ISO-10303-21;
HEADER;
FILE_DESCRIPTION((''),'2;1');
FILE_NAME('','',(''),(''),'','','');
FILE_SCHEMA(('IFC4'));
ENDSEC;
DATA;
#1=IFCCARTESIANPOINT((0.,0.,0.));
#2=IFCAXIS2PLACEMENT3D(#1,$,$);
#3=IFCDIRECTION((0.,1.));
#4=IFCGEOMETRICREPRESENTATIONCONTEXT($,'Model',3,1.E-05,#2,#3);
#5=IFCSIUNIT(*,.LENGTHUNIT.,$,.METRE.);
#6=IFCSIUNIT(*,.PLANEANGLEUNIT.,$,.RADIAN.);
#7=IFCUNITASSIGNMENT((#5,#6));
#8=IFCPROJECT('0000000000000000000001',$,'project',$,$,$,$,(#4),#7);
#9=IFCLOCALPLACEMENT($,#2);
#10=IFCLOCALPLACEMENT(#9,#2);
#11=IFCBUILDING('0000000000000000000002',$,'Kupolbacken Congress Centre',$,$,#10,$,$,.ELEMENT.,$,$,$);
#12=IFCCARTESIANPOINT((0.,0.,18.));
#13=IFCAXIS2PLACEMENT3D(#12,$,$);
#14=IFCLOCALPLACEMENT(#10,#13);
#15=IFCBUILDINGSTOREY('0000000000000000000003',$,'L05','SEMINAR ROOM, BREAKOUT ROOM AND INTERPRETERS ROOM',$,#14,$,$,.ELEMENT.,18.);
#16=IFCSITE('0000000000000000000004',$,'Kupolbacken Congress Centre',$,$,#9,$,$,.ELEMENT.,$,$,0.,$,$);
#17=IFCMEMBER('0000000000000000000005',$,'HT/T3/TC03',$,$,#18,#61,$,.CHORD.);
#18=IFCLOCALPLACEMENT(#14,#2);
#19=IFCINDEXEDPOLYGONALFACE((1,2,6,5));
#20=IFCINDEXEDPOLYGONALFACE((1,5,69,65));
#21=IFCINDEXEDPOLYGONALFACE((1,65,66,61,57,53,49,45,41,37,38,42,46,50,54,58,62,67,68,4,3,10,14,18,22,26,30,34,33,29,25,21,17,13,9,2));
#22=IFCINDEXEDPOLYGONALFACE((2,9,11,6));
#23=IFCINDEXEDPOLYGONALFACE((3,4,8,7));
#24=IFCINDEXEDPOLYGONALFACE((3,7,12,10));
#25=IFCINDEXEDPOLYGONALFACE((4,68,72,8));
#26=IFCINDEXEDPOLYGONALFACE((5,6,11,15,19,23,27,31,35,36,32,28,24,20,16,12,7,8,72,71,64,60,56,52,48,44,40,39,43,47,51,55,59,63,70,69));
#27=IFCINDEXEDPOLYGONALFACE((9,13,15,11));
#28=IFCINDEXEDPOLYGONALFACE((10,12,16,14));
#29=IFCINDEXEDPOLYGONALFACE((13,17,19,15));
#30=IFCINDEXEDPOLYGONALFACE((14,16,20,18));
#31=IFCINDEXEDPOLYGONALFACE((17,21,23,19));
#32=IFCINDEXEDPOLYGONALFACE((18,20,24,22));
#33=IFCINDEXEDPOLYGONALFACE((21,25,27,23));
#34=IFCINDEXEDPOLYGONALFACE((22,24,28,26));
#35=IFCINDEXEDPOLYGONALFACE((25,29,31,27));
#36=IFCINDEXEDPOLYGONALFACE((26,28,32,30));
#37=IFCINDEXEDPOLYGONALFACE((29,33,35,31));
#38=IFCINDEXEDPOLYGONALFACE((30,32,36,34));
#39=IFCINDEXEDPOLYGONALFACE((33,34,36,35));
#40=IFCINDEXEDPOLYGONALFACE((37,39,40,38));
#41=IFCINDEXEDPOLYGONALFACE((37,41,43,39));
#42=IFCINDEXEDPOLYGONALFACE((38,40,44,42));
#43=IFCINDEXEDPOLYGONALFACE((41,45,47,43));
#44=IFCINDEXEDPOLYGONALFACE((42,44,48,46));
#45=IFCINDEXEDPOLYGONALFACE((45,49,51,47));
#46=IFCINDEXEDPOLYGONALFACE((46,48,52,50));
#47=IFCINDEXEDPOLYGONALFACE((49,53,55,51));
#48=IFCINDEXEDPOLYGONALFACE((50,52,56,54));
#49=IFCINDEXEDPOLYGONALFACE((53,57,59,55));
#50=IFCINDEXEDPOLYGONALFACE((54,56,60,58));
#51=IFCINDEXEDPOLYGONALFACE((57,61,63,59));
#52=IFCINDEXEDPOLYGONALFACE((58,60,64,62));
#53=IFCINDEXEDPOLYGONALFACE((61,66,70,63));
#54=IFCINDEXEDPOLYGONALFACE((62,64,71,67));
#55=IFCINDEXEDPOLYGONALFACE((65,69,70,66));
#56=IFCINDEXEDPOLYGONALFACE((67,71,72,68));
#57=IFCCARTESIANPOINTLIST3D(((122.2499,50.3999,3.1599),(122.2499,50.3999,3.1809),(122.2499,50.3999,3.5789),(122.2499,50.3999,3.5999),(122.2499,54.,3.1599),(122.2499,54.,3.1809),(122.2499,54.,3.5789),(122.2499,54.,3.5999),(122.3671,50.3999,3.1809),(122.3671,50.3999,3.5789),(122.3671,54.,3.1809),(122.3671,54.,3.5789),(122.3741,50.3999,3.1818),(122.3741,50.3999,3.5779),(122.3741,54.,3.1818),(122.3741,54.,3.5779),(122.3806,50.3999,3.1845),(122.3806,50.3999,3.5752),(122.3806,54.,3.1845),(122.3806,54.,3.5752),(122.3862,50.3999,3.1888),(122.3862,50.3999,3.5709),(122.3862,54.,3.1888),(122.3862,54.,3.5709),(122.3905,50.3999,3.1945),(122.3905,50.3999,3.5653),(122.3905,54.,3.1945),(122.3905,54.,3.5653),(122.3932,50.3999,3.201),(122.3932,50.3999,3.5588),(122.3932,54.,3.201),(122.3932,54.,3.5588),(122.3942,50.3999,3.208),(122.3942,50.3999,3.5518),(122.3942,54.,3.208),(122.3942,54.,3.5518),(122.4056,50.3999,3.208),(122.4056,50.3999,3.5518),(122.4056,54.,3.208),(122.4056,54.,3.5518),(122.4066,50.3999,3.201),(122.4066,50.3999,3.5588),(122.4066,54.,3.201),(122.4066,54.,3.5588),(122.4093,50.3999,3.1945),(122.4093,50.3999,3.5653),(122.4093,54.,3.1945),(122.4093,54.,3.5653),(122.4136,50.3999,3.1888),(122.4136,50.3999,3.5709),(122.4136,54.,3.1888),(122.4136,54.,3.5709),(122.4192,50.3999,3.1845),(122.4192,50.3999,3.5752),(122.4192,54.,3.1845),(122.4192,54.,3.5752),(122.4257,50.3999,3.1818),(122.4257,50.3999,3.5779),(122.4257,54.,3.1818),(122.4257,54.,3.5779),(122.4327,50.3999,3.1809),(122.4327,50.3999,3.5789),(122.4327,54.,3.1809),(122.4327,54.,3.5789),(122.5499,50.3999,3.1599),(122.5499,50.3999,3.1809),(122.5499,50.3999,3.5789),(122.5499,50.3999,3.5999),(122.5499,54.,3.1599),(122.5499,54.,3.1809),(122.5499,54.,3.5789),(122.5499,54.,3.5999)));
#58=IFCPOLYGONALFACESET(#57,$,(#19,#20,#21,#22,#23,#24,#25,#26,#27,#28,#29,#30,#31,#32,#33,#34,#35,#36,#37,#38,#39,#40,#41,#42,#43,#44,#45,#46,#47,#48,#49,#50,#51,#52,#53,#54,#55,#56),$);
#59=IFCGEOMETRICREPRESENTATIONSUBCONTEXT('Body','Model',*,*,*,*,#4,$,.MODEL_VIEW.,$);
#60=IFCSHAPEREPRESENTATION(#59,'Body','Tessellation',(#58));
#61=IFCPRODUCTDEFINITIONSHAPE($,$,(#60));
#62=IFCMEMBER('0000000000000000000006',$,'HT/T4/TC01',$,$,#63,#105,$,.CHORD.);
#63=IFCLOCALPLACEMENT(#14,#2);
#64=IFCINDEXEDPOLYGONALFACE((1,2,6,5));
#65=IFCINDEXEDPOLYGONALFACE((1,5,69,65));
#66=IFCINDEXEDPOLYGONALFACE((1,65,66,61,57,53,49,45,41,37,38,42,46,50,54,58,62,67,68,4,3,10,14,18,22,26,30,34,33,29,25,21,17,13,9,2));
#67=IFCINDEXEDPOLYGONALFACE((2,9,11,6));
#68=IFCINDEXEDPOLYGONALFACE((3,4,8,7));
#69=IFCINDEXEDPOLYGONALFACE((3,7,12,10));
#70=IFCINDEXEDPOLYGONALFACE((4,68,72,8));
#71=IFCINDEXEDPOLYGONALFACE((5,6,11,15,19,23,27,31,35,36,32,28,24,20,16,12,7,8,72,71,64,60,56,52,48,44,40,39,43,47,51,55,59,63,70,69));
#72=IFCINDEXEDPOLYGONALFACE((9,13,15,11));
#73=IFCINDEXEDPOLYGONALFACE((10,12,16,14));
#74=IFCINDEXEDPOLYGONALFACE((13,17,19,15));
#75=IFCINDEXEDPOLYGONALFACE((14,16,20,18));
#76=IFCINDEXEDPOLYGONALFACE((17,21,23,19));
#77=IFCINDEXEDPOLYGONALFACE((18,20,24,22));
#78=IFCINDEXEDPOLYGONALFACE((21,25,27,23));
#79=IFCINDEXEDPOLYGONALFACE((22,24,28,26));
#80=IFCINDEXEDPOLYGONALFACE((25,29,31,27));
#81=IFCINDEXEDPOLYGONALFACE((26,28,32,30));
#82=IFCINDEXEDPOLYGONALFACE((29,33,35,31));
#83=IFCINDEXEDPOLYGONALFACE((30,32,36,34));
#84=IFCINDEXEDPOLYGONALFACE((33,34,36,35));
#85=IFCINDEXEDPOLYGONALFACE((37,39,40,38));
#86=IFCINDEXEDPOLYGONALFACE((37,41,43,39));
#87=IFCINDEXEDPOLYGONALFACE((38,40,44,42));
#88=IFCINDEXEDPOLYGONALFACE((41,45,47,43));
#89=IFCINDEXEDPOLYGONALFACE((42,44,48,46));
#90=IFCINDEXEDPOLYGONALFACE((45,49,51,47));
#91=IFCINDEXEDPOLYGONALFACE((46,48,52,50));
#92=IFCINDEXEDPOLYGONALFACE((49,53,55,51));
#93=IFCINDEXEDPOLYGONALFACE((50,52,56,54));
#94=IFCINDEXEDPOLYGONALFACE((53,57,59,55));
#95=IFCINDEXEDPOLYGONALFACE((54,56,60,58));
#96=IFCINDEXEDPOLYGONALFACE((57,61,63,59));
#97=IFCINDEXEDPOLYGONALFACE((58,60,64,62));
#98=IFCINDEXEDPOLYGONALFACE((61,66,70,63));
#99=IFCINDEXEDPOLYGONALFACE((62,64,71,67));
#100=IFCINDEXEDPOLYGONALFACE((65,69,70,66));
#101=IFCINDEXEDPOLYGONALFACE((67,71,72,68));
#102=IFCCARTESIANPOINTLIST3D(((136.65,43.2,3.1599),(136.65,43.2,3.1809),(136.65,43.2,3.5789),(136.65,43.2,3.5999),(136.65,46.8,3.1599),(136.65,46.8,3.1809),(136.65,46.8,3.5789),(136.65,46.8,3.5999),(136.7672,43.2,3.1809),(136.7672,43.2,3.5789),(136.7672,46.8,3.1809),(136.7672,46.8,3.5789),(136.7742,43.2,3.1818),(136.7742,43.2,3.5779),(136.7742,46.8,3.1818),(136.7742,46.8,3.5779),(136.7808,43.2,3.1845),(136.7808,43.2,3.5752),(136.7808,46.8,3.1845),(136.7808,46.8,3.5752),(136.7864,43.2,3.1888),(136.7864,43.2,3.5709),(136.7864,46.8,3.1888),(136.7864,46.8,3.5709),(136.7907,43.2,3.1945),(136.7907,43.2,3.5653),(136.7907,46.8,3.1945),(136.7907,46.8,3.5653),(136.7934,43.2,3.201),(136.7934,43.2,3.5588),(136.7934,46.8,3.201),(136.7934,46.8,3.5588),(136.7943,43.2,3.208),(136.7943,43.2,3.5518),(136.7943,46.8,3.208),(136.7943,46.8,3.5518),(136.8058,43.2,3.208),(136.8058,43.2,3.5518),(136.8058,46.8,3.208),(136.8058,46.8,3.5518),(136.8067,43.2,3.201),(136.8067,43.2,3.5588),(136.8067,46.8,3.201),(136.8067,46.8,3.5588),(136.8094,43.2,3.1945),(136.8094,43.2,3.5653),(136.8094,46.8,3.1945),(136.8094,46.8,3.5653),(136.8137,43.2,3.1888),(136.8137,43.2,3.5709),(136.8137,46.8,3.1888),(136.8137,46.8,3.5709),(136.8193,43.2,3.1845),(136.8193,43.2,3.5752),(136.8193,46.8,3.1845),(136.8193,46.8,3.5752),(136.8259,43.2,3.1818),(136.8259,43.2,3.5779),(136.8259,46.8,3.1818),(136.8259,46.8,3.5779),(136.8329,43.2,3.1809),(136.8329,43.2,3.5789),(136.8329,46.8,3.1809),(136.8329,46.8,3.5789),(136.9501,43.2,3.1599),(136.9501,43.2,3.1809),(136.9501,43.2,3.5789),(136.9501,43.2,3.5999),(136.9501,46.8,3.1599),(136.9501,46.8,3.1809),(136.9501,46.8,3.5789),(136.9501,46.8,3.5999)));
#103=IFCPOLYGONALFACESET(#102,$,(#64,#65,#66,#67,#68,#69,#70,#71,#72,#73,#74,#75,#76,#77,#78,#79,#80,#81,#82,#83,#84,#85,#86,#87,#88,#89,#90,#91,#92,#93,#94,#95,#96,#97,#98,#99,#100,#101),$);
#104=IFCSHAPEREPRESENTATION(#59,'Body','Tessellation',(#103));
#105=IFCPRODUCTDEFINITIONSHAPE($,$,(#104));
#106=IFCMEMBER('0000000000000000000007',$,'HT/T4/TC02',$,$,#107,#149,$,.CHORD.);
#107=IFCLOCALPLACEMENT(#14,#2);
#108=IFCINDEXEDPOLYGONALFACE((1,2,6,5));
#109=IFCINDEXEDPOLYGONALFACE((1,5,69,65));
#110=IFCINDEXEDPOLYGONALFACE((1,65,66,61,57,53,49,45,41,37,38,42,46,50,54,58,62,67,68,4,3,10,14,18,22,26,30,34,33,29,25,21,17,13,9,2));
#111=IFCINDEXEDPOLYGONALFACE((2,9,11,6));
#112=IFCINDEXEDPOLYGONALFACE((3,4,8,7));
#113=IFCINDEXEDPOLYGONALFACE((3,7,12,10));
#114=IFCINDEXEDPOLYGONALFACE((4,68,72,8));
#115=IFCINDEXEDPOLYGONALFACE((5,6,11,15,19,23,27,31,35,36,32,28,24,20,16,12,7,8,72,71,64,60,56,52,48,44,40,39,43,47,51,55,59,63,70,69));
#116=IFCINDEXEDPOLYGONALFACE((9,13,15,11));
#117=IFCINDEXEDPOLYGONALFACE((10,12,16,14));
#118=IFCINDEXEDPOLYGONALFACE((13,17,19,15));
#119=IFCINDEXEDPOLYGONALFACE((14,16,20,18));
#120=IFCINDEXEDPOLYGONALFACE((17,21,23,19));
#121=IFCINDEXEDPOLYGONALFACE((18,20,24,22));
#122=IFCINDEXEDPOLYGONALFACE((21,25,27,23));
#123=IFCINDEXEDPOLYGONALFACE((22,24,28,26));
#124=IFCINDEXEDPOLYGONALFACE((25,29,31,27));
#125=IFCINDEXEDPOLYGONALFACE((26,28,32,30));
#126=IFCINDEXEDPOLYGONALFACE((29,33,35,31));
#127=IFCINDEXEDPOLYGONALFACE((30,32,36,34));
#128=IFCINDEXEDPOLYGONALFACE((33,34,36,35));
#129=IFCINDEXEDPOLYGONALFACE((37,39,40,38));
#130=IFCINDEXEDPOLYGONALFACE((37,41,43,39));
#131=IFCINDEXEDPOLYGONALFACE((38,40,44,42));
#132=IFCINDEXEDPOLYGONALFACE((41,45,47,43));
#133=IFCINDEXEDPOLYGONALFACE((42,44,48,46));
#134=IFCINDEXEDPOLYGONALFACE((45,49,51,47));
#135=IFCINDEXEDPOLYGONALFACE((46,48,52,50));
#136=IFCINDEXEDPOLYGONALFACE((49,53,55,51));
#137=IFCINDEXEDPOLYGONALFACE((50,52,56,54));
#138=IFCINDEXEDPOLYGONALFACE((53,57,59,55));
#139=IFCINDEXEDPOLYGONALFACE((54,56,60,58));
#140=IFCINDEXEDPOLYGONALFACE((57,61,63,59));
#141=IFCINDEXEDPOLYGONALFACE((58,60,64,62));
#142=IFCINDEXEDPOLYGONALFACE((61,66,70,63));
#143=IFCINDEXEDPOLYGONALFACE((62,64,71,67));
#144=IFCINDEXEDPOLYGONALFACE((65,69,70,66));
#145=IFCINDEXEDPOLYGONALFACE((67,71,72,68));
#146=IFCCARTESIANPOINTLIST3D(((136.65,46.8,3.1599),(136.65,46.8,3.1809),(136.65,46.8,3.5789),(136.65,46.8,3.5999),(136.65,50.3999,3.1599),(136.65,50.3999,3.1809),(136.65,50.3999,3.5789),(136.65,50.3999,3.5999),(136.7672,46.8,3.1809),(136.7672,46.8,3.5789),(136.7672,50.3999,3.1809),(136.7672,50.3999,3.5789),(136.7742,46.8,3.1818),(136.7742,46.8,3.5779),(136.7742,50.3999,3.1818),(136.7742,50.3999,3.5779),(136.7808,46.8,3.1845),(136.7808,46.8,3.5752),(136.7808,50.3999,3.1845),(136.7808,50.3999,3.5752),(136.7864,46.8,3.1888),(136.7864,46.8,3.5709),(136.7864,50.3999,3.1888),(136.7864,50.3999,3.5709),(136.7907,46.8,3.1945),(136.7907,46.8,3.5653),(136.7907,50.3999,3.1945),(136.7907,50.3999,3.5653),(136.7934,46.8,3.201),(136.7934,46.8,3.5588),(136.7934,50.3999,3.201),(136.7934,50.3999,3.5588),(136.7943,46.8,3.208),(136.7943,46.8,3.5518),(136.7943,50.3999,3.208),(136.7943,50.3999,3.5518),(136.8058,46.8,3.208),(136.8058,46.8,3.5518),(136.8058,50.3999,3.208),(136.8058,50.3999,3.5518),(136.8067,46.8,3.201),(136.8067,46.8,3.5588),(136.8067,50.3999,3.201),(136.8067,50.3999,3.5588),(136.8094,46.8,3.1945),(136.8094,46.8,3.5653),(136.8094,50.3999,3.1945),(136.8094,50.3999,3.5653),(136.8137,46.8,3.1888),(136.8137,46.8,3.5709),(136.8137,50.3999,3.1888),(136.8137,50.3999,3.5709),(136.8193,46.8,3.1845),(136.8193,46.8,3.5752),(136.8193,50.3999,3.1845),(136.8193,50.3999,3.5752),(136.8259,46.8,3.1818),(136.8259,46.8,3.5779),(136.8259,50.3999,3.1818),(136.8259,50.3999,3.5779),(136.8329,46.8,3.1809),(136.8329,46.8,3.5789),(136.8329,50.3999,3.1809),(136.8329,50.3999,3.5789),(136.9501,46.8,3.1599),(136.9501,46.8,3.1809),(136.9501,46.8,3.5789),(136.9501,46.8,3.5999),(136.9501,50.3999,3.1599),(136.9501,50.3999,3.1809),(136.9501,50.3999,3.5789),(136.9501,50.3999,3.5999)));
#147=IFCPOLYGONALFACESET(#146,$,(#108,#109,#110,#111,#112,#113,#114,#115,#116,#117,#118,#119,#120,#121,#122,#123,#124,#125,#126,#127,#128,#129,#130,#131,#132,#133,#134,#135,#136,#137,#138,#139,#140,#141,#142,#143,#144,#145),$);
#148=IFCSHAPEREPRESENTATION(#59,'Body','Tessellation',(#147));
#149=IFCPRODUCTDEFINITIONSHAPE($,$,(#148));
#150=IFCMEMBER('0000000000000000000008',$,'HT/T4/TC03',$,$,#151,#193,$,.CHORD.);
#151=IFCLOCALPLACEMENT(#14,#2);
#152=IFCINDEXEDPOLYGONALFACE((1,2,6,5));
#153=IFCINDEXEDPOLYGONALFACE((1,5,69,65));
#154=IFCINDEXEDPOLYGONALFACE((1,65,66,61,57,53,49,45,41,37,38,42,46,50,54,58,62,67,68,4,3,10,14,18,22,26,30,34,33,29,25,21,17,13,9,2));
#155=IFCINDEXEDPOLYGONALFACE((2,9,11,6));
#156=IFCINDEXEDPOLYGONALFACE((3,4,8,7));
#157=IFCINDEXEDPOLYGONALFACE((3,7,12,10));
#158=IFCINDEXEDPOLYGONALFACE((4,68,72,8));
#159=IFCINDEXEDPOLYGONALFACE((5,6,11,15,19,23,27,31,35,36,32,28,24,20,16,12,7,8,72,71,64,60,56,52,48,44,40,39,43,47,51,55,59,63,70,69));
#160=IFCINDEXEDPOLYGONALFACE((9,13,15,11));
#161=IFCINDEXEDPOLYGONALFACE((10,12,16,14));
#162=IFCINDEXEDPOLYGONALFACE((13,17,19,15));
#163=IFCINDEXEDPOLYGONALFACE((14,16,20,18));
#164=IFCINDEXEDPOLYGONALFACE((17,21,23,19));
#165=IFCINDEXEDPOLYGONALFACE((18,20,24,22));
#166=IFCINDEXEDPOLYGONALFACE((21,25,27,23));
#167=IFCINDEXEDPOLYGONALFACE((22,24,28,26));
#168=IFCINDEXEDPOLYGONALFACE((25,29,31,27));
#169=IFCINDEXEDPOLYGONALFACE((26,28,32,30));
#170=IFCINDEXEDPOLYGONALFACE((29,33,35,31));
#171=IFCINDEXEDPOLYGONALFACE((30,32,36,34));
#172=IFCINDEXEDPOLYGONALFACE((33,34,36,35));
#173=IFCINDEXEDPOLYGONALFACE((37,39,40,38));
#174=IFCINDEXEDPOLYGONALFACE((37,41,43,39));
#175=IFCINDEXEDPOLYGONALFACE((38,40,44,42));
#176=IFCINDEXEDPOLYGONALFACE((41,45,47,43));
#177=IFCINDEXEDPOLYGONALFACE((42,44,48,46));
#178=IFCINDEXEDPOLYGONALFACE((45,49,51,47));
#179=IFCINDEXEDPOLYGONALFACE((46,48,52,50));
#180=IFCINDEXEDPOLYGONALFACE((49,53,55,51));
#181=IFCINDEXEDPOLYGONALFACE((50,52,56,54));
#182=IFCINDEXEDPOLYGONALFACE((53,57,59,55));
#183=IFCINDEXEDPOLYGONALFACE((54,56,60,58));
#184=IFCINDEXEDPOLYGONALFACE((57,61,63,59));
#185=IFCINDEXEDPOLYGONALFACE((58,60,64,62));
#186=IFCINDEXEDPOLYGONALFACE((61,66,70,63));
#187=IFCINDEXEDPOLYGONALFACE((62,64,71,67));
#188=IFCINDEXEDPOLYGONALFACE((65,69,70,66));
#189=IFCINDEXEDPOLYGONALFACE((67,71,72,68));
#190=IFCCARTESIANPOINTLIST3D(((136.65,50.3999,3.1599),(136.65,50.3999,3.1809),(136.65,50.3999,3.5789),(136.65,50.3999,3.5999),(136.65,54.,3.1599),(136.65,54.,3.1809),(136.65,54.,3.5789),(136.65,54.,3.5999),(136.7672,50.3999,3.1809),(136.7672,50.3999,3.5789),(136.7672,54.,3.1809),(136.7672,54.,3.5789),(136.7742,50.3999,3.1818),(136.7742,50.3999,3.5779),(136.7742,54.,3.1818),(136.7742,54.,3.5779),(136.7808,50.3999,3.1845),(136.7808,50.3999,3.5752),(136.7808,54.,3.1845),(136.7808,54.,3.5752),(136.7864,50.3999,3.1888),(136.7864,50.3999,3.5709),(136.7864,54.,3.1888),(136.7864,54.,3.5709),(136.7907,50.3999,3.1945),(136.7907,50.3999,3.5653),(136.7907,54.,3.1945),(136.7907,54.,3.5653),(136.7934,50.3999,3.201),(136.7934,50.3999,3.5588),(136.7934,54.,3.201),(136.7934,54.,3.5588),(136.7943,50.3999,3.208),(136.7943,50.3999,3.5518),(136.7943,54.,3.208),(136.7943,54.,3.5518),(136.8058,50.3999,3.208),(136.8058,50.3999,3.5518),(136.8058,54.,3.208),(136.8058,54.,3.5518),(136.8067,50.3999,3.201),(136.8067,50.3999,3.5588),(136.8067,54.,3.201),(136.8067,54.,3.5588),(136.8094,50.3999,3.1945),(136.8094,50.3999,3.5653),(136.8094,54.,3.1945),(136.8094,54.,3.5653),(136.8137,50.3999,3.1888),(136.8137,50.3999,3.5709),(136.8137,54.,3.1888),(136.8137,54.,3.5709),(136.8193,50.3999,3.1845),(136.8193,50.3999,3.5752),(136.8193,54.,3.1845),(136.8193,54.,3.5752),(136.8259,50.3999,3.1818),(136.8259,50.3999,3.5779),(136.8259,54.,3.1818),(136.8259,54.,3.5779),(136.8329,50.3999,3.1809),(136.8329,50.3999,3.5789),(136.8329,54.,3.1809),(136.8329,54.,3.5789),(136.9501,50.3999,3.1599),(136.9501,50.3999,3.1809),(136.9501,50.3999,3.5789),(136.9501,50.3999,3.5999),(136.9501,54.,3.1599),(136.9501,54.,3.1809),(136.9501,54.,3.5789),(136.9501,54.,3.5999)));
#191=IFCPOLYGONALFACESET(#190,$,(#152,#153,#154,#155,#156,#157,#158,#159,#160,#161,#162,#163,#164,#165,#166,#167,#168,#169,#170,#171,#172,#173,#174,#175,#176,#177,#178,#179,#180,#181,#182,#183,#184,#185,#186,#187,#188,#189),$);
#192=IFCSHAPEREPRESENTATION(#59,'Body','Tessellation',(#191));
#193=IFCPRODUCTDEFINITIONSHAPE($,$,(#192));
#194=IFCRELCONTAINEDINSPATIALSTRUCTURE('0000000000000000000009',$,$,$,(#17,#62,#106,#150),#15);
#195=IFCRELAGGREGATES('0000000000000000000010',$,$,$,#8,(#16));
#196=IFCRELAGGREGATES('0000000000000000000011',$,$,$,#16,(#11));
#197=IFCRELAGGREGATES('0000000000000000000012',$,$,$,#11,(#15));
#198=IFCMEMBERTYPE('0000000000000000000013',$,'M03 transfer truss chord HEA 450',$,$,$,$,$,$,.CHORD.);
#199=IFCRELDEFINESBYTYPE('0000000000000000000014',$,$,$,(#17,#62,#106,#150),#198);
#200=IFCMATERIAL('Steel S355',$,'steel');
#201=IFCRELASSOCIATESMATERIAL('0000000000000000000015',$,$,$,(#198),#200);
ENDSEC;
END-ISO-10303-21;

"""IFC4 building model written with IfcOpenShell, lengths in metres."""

from ifc_helpers import new_model, si_unit, direction, frame, origin, origin_2d, place, context, subcontext, project, spatial, i_section, extrude, material, material_profile, profile_set, type_object, element, save


model = new_model("IFC4")

# Units and contexts
model_context = context("Model", 3, precision=1e-05, world=origin(), true_north=direction((0.0, 1.0)))
body_context = subcontext(model_context, "Body", "Model", "MODEL_VIEW")
ifc_project = project(units=[si_unit("LENGTHUNIT", "METRE"), si_unit("PLANEANGLEUNIT", "RADIAN")], contexts=[model_context])

# Site, building, storey
site_placement = place(None, origin())
site = spatial("IfcSite", under=ifc_project, at=site_placement, Name="Kupolbacken Congress Centre", CompositionType="ELEMENT", RefElevation=0.0)
building_placement = place(site_placement, origin())
building = spatial("IfcBuilding", under=site, at=building_placement, Name="Kupolbacken Congress Centre", CompositionType="ELEMENT")
storey_placement = place(building_placement, frame((0.0, 0.0, 18.0)))
storey = spatial("IfcBuildingStorey", under=building, at=storey_placement, Name="L05", Description="SEMINAR ROOM, BREAKOUT ROOM AND INTERPRETERS ROOM", CompositionType="ELEMENT", Elevation=18.0)

# Members
ifc_material_1 = material(Name="Steel S355", Category="steel")
ifc_material_profile_1 = material_profile(ifc_material_1, i_section(OverallWidth=0.3, OverallDepth=0.4399, WebThickness=0.0115, FlangeThickness=0.021, FilletRadius=0.0271, at=origin_2d()), Name="HEA 450")
ifc_profile_set_1 = profile_set([ifc_material_profile_1], Name="Steel S355")
member_type_1 = type_object("IfcMemberType", Name="M03 transfer truss chord HEA 450", PredefinedType="CHORD", material=ifc_profile_set_1)
for number, where, z_axis, x_axis, name in (
    (1, (122.3999, 50.3999, 3.3799), (0.0, 1.0, 0.0), (-1.0, 0.0, 0.0), "HT/T3/TC03"),
    (2, (136.8, 43.2, 3.3799), (0.0, 1.0, 0.0), (-1.0, 0.0, 0.0), "HT/T4/TC01"),
):
    element("IfcMember", number, at=place(storey_placement, frame(where, z_axis=z_axis, x_axis=x_axis)), inside=storey, type_object=member_type_1, Name=name, PredefinedType="CHORD", context=body_context, shape_type="SweptSolid", body=[
        extrude(i_section(OverallWidth=0.3, OverallDepth=0.4399, WebThickness=0.0115, FlangeThickness=0.021, FilletRadius=0.0271, at=origin_2d()), origin(), (0.0, 0.0, 1.0), 3.6001),
    ])
member_1_placement = place(storey_placement, frame((136.8, 46.8, 3.3799), z_axis=(0.0, 1.0, 0.0), x_axis=(-1.0, 0.0, 0.0)))
element("IfcMember", 3, at=member_1_placement, inside=storey, type_object=member_type_1, Name="HT/T4/TC02", PredefinedType="CHORD", context=body_context, shape_type="SweptSolid", body=[
    extrude(i_section(OverallWidth=0.3, OverallDepth=0.4399, WebThickness=0.0115, FlangeThickness=0.021, FilletRadius=0.0271, at=origin_2d()), origin(), (0.0, 0.0, 1.0), 3.5999),
])
member_2_placement = place(storey_placement, frame((136.8, 50.3999, 3.3799), z_axis=(0.0, 1.0, 0.0), x_axis=(-1.0, 0.0, 0.0)))
element("IfcMember", 4, at=member_2_placement, inside=storey, type_object=member_type_1, Name="HT/T4/TC03", PredefinedType="CHORD", context=body_context, shape_type="SweptSolid", body=[
    extrude(i_section(OverallWidth=0.3, OverallDepth=0.4399, WebThickness=0.0115, FlangeThickness=0.021, FilletRadius=0.0271, at=origin_2d()), origin(), (0.0, 0.0, 1.0), 3.6001),
])

save(model, "model.ifc")
